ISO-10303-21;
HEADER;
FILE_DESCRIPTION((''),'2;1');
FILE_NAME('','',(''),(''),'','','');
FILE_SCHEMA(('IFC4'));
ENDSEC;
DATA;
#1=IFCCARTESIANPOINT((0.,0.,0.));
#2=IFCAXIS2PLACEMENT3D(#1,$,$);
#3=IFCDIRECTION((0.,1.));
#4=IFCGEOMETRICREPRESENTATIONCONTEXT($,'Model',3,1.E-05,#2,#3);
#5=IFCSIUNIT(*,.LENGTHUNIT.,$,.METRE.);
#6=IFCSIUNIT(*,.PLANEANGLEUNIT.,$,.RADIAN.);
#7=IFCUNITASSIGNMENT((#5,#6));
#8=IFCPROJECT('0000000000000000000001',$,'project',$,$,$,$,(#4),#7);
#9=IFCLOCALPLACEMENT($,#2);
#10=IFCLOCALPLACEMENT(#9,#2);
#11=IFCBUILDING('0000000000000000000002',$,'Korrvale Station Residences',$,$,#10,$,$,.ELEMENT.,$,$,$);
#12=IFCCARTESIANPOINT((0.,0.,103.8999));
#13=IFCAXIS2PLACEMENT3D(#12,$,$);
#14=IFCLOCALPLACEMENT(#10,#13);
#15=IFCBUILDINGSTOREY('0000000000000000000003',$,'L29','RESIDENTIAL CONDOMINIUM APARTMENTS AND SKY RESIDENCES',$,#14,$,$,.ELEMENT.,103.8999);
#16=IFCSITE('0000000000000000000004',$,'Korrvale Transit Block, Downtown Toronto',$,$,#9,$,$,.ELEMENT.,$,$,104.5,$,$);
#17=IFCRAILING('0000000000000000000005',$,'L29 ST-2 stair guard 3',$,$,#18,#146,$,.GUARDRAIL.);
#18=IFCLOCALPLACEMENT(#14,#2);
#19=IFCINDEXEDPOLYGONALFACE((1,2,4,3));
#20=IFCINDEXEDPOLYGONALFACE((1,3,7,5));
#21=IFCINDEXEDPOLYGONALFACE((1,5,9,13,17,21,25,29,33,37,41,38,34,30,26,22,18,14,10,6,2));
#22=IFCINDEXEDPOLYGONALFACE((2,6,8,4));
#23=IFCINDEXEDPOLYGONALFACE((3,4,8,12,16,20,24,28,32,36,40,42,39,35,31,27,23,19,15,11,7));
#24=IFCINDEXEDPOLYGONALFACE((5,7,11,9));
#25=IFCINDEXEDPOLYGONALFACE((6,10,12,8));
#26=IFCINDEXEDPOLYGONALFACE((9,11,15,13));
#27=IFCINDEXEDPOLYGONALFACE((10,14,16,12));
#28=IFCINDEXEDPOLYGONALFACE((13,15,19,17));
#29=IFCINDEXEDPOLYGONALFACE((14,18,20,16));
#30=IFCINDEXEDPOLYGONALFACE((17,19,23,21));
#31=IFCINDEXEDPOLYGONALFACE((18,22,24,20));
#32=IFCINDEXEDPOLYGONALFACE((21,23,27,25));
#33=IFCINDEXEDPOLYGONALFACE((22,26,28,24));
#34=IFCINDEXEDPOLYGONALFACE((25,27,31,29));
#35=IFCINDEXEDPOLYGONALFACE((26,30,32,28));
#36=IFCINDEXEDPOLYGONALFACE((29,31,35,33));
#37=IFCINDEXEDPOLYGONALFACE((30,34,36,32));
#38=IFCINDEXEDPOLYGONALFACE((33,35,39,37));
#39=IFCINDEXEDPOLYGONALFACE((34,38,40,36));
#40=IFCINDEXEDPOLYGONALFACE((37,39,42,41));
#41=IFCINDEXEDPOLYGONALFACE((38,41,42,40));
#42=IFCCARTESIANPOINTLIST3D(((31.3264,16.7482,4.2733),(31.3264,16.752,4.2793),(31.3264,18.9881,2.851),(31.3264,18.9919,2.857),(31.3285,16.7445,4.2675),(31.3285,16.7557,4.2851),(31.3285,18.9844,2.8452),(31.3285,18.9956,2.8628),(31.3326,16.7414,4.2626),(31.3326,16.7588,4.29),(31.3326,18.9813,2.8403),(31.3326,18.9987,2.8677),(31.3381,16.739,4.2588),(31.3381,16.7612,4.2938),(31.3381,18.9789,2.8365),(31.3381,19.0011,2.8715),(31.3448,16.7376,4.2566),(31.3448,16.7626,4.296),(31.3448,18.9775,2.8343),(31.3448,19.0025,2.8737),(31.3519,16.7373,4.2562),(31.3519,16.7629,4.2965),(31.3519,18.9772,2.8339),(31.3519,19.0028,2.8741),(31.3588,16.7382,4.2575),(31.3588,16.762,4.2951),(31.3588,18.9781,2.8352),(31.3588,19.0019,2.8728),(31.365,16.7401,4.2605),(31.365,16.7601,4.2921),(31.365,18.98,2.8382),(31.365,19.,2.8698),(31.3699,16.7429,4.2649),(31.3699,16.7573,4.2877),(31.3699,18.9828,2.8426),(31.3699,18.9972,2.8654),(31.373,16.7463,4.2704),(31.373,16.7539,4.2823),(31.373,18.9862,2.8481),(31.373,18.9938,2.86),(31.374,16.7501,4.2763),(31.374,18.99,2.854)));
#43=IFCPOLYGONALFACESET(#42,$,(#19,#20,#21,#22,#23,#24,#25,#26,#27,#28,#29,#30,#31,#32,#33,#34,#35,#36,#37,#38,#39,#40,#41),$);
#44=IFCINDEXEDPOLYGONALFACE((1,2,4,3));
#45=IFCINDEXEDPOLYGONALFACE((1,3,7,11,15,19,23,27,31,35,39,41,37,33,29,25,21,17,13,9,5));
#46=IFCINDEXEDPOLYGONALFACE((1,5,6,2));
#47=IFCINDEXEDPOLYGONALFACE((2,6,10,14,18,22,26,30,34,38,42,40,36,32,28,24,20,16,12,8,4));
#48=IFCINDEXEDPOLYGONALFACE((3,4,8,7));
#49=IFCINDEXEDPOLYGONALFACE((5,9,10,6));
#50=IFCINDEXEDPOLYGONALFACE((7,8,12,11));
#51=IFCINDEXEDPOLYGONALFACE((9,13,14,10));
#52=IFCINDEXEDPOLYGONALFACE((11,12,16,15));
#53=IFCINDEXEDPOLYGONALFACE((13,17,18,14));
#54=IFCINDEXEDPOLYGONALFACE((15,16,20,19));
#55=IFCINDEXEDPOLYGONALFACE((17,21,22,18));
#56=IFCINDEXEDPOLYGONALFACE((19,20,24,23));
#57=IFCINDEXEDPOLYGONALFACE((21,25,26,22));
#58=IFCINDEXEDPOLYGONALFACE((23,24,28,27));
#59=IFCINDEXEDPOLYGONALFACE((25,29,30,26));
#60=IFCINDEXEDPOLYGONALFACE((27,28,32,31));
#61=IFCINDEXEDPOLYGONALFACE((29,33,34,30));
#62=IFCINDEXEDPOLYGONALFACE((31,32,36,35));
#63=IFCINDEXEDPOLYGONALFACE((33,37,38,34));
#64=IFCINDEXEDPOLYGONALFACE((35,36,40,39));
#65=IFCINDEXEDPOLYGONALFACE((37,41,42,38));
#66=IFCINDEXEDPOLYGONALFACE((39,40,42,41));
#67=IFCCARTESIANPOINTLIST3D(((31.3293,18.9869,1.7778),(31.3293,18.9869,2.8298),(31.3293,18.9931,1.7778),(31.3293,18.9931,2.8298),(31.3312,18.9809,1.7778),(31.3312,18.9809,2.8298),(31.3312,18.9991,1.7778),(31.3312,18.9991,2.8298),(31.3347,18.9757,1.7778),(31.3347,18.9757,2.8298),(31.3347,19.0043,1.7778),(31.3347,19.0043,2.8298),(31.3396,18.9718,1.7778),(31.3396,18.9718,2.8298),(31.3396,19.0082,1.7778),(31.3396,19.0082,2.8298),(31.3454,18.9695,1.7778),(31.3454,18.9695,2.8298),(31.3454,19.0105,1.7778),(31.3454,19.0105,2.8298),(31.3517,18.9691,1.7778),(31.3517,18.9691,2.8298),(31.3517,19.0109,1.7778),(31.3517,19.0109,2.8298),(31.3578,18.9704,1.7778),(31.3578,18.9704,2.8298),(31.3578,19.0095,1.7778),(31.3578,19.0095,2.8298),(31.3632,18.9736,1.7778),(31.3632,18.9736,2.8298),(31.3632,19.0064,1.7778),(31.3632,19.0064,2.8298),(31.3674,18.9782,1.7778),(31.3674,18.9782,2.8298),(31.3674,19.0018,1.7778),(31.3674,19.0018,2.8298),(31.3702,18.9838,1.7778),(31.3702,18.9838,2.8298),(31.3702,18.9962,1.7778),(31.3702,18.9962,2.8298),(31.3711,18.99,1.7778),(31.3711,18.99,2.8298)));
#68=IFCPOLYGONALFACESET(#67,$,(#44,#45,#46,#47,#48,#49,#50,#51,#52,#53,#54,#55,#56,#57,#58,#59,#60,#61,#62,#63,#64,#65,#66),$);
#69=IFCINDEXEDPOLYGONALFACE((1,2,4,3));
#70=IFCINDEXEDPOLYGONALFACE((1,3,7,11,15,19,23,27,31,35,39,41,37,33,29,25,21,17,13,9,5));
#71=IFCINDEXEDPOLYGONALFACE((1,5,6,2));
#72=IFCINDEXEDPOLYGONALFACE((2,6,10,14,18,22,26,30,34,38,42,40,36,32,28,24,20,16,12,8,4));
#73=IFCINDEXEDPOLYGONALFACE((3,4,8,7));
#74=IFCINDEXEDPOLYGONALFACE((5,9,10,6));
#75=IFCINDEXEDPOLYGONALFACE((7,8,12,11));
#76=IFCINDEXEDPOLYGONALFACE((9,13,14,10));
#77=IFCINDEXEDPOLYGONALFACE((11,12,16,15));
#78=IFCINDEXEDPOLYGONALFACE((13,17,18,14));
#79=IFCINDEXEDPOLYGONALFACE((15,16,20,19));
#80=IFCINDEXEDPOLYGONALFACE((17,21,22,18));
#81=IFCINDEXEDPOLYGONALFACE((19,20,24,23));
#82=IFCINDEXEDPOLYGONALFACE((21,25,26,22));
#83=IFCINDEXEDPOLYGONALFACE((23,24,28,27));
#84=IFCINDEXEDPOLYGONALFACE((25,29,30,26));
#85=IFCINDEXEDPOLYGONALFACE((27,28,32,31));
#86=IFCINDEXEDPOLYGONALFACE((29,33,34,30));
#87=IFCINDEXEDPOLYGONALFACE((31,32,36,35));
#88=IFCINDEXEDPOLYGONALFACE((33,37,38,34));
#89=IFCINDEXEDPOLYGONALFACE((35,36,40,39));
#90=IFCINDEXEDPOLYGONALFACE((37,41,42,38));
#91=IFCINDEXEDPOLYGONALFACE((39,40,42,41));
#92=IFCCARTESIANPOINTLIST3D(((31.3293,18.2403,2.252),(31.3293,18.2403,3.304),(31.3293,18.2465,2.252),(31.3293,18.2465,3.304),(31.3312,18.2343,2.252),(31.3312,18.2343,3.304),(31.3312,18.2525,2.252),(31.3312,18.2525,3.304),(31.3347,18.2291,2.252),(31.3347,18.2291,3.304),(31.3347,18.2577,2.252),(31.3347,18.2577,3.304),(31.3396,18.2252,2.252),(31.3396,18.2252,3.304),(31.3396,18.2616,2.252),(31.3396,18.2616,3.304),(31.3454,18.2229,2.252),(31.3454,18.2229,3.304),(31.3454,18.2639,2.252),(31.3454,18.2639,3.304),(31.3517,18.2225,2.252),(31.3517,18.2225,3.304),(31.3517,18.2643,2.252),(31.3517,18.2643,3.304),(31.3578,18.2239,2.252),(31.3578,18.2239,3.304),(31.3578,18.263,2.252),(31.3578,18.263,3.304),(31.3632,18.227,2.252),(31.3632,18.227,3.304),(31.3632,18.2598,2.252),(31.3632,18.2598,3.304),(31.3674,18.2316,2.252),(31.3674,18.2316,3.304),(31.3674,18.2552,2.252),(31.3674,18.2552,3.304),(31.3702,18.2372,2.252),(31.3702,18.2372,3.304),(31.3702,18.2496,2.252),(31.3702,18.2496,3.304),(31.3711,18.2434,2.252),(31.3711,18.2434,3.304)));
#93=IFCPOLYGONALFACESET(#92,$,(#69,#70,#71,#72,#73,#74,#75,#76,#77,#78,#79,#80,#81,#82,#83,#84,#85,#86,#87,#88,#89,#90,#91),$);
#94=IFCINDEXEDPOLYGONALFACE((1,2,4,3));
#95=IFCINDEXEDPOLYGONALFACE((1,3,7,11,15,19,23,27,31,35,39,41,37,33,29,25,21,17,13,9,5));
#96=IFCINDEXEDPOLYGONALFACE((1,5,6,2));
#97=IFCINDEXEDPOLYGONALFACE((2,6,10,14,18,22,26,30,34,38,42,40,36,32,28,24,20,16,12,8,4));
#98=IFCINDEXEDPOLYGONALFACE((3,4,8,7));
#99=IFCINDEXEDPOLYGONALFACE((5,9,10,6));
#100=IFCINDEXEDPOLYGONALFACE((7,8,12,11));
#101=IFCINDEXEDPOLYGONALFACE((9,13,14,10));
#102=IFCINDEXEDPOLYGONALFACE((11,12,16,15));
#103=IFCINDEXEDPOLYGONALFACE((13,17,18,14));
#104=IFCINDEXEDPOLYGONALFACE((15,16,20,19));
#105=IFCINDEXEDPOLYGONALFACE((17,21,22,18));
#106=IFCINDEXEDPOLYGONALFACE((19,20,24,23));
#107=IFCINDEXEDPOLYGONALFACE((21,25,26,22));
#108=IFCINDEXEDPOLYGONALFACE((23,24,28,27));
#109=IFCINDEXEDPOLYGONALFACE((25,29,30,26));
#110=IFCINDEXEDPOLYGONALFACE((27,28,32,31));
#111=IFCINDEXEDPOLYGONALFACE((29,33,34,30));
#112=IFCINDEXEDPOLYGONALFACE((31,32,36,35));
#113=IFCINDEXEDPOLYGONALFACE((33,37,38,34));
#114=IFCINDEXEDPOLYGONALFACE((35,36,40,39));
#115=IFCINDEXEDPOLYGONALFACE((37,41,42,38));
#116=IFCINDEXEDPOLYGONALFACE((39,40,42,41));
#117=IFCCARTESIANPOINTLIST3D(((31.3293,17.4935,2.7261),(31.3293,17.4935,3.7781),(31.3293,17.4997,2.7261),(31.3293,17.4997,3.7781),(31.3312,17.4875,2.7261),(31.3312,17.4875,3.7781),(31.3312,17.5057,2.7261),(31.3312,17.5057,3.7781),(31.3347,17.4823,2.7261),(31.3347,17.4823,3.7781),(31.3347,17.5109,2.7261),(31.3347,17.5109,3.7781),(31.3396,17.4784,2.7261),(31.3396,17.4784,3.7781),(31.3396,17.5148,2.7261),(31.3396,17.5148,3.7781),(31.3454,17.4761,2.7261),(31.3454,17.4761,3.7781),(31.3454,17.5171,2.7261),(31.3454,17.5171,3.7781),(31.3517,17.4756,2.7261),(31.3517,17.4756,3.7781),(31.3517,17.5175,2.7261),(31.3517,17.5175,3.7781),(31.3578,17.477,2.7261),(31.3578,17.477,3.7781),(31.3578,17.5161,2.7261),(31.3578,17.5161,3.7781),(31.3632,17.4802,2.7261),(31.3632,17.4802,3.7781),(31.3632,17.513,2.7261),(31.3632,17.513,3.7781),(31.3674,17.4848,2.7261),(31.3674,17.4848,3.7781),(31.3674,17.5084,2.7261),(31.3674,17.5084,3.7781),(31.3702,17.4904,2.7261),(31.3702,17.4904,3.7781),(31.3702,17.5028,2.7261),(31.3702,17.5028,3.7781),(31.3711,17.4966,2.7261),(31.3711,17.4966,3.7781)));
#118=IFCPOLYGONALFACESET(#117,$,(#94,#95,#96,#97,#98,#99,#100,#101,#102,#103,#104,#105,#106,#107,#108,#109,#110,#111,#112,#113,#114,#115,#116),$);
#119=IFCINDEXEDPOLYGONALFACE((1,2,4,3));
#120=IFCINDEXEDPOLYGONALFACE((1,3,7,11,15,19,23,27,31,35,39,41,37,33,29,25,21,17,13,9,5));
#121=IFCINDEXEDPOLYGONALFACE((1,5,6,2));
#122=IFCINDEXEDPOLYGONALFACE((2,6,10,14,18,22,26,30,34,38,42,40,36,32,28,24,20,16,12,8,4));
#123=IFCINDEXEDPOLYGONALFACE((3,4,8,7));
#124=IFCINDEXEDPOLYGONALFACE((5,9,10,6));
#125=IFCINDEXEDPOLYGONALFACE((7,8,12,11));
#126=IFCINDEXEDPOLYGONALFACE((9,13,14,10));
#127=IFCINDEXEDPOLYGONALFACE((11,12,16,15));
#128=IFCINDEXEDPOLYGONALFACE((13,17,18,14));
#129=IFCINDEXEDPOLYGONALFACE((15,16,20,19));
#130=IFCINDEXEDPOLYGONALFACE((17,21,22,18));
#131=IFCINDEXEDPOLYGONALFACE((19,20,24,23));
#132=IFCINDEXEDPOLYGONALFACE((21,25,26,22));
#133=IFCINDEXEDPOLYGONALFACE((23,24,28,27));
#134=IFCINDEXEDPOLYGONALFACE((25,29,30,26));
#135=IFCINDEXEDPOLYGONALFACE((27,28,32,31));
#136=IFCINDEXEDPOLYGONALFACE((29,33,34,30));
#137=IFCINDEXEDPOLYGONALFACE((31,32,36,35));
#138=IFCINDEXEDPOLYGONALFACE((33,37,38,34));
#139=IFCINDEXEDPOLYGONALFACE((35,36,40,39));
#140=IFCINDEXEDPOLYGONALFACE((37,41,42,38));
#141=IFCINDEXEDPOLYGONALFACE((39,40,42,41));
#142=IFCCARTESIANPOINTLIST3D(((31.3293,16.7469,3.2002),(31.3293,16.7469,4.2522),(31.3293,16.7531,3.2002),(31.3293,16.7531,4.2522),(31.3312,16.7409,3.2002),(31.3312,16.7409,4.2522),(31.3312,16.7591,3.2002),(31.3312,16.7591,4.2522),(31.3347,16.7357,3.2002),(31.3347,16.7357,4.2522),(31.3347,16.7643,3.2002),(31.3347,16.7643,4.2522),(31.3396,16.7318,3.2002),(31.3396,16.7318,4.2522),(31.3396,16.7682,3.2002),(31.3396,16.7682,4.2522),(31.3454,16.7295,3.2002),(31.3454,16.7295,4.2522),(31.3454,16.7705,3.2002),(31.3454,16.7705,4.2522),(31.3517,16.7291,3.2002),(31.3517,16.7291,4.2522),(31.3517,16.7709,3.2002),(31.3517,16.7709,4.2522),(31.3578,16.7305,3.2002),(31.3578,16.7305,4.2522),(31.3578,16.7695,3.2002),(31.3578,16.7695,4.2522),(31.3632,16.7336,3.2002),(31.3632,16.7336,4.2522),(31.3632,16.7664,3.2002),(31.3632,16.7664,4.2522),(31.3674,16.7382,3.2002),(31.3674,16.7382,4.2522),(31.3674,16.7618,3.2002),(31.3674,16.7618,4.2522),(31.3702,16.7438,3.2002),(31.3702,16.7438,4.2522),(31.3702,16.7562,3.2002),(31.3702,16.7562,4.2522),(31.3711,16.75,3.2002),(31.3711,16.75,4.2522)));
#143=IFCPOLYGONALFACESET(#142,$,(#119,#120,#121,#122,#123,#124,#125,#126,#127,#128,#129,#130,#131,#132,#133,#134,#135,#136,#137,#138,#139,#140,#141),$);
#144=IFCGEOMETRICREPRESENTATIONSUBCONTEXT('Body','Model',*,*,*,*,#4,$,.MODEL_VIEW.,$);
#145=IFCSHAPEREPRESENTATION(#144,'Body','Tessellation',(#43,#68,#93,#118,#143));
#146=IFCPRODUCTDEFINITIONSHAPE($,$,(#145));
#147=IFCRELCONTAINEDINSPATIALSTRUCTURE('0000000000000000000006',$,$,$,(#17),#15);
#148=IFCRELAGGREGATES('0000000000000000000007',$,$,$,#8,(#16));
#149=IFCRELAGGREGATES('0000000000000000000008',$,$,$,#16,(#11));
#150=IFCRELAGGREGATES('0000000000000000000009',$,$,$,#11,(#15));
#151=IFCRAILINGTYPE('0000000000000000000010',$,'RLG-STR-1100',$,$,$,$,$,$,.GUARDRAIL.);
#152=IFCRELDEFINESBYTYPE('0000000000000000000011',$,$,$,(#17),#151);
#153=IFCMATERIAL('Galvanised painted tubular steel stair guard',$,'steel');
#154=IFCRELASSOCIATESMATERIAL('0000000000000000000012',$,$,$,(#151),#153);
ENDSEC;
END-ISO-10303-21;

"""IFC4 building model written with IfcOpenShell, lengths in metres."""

from ifc_helpers import new_model, si_unit, direction, frame, origin, origin_2d, place, context, subcontext, project, spatial, circle, extrude, material, type_object, element, save


model = new_model("IFC4")

# Units and contexts
model_context = context("Model", 3, precision=1e-05, world=origin(), true_north=direction((0.0, 1.0)))
body_context = subcontext(model_context, "Body", "Model", "MODEL_VIEW")
ifc_project = project(units=[si_unit("LENGTHUNIT", "METRE"), si_unit("PLANEANGLEUNIT", "RADIAN")], contexts=[model_context])

# Site, building, storey
site_placement = place(None, origin())
site = spatial("IfcSite", under=ifc_project, at=site_placement, Name="Korrvale Transit Block, Downtown Toronto", CompositionType="ELEMENT", RefElevation=104.5)
building_placement = place(site_placement, origin())
building = spatial("IfcBuilding", under=site, at=building_placement, Name="Korrvale Station Residences", CompositionType="ELEMENT")
storey_placement = place(building_placement, frame((0.0, 0.0, 103.8999)))
storey = spatial("IfcBuildingStorey", under=building, at=storey_placement, Name="L29", Description="RESIDENTIAL CONDOMINIUM APARTMENTS AND SKY RESIDENCES", CompositionType="ELEMENT", Elevation=103.8999)

# Railing
ifc_material_1 = material(Name="Galvanised painted tubular steel stair guard", Category="steel")
railing_type_1 = type_object("IfcRailingType", Name="RLG-STR-1100", PredefinedType="GUARDRAIL", material=ifc_material_1)
railing_1_placement = place(storey_placement, frame((31.3501, 18.99, 1.7778)))
element("IfcRailing", 1, at=railing_1_placement, inside=storey, type_object=railing_type_1, Name="L29 ST-2 stair guard 3", PredefinedType="GUARDRAIL", context=body_context, shape_type="SweptSolid", body=[
    extrude(circle(Radius=0.0239, at=origin_2d()), frame((0.0, 0.0, 1.0762), z_axis=(0.0, -0.844188, 0.536048), x_axis=(1.0, 0.0, 0.0)), (0.0, 0.0, 1.0), 2.6533),
    extrude(circle(Radius=0.021, at=origin_2d()), origin(), (0.0, 0.0, 1.0), 1.052),
    extrude(circle(Radius=0.021, at=origin_2d()), frame((0.0, -0.7466, 0.4741)), (0.0, 0.0, 1.0), 1.052),
    extrude(circle(Radius=0.021, at=origin_2d()), frame((0.0, -1.4934, 0.9482)), (0.0, 0.0, 1.0), 1.052),
    extrude(circle(Radius=0.021, at=origin_2d()), frame((0.0, -2.24, 1.4224)), (0.0, 0.0, 1.0), 1.052),
])

save(model, "model.ifc")
